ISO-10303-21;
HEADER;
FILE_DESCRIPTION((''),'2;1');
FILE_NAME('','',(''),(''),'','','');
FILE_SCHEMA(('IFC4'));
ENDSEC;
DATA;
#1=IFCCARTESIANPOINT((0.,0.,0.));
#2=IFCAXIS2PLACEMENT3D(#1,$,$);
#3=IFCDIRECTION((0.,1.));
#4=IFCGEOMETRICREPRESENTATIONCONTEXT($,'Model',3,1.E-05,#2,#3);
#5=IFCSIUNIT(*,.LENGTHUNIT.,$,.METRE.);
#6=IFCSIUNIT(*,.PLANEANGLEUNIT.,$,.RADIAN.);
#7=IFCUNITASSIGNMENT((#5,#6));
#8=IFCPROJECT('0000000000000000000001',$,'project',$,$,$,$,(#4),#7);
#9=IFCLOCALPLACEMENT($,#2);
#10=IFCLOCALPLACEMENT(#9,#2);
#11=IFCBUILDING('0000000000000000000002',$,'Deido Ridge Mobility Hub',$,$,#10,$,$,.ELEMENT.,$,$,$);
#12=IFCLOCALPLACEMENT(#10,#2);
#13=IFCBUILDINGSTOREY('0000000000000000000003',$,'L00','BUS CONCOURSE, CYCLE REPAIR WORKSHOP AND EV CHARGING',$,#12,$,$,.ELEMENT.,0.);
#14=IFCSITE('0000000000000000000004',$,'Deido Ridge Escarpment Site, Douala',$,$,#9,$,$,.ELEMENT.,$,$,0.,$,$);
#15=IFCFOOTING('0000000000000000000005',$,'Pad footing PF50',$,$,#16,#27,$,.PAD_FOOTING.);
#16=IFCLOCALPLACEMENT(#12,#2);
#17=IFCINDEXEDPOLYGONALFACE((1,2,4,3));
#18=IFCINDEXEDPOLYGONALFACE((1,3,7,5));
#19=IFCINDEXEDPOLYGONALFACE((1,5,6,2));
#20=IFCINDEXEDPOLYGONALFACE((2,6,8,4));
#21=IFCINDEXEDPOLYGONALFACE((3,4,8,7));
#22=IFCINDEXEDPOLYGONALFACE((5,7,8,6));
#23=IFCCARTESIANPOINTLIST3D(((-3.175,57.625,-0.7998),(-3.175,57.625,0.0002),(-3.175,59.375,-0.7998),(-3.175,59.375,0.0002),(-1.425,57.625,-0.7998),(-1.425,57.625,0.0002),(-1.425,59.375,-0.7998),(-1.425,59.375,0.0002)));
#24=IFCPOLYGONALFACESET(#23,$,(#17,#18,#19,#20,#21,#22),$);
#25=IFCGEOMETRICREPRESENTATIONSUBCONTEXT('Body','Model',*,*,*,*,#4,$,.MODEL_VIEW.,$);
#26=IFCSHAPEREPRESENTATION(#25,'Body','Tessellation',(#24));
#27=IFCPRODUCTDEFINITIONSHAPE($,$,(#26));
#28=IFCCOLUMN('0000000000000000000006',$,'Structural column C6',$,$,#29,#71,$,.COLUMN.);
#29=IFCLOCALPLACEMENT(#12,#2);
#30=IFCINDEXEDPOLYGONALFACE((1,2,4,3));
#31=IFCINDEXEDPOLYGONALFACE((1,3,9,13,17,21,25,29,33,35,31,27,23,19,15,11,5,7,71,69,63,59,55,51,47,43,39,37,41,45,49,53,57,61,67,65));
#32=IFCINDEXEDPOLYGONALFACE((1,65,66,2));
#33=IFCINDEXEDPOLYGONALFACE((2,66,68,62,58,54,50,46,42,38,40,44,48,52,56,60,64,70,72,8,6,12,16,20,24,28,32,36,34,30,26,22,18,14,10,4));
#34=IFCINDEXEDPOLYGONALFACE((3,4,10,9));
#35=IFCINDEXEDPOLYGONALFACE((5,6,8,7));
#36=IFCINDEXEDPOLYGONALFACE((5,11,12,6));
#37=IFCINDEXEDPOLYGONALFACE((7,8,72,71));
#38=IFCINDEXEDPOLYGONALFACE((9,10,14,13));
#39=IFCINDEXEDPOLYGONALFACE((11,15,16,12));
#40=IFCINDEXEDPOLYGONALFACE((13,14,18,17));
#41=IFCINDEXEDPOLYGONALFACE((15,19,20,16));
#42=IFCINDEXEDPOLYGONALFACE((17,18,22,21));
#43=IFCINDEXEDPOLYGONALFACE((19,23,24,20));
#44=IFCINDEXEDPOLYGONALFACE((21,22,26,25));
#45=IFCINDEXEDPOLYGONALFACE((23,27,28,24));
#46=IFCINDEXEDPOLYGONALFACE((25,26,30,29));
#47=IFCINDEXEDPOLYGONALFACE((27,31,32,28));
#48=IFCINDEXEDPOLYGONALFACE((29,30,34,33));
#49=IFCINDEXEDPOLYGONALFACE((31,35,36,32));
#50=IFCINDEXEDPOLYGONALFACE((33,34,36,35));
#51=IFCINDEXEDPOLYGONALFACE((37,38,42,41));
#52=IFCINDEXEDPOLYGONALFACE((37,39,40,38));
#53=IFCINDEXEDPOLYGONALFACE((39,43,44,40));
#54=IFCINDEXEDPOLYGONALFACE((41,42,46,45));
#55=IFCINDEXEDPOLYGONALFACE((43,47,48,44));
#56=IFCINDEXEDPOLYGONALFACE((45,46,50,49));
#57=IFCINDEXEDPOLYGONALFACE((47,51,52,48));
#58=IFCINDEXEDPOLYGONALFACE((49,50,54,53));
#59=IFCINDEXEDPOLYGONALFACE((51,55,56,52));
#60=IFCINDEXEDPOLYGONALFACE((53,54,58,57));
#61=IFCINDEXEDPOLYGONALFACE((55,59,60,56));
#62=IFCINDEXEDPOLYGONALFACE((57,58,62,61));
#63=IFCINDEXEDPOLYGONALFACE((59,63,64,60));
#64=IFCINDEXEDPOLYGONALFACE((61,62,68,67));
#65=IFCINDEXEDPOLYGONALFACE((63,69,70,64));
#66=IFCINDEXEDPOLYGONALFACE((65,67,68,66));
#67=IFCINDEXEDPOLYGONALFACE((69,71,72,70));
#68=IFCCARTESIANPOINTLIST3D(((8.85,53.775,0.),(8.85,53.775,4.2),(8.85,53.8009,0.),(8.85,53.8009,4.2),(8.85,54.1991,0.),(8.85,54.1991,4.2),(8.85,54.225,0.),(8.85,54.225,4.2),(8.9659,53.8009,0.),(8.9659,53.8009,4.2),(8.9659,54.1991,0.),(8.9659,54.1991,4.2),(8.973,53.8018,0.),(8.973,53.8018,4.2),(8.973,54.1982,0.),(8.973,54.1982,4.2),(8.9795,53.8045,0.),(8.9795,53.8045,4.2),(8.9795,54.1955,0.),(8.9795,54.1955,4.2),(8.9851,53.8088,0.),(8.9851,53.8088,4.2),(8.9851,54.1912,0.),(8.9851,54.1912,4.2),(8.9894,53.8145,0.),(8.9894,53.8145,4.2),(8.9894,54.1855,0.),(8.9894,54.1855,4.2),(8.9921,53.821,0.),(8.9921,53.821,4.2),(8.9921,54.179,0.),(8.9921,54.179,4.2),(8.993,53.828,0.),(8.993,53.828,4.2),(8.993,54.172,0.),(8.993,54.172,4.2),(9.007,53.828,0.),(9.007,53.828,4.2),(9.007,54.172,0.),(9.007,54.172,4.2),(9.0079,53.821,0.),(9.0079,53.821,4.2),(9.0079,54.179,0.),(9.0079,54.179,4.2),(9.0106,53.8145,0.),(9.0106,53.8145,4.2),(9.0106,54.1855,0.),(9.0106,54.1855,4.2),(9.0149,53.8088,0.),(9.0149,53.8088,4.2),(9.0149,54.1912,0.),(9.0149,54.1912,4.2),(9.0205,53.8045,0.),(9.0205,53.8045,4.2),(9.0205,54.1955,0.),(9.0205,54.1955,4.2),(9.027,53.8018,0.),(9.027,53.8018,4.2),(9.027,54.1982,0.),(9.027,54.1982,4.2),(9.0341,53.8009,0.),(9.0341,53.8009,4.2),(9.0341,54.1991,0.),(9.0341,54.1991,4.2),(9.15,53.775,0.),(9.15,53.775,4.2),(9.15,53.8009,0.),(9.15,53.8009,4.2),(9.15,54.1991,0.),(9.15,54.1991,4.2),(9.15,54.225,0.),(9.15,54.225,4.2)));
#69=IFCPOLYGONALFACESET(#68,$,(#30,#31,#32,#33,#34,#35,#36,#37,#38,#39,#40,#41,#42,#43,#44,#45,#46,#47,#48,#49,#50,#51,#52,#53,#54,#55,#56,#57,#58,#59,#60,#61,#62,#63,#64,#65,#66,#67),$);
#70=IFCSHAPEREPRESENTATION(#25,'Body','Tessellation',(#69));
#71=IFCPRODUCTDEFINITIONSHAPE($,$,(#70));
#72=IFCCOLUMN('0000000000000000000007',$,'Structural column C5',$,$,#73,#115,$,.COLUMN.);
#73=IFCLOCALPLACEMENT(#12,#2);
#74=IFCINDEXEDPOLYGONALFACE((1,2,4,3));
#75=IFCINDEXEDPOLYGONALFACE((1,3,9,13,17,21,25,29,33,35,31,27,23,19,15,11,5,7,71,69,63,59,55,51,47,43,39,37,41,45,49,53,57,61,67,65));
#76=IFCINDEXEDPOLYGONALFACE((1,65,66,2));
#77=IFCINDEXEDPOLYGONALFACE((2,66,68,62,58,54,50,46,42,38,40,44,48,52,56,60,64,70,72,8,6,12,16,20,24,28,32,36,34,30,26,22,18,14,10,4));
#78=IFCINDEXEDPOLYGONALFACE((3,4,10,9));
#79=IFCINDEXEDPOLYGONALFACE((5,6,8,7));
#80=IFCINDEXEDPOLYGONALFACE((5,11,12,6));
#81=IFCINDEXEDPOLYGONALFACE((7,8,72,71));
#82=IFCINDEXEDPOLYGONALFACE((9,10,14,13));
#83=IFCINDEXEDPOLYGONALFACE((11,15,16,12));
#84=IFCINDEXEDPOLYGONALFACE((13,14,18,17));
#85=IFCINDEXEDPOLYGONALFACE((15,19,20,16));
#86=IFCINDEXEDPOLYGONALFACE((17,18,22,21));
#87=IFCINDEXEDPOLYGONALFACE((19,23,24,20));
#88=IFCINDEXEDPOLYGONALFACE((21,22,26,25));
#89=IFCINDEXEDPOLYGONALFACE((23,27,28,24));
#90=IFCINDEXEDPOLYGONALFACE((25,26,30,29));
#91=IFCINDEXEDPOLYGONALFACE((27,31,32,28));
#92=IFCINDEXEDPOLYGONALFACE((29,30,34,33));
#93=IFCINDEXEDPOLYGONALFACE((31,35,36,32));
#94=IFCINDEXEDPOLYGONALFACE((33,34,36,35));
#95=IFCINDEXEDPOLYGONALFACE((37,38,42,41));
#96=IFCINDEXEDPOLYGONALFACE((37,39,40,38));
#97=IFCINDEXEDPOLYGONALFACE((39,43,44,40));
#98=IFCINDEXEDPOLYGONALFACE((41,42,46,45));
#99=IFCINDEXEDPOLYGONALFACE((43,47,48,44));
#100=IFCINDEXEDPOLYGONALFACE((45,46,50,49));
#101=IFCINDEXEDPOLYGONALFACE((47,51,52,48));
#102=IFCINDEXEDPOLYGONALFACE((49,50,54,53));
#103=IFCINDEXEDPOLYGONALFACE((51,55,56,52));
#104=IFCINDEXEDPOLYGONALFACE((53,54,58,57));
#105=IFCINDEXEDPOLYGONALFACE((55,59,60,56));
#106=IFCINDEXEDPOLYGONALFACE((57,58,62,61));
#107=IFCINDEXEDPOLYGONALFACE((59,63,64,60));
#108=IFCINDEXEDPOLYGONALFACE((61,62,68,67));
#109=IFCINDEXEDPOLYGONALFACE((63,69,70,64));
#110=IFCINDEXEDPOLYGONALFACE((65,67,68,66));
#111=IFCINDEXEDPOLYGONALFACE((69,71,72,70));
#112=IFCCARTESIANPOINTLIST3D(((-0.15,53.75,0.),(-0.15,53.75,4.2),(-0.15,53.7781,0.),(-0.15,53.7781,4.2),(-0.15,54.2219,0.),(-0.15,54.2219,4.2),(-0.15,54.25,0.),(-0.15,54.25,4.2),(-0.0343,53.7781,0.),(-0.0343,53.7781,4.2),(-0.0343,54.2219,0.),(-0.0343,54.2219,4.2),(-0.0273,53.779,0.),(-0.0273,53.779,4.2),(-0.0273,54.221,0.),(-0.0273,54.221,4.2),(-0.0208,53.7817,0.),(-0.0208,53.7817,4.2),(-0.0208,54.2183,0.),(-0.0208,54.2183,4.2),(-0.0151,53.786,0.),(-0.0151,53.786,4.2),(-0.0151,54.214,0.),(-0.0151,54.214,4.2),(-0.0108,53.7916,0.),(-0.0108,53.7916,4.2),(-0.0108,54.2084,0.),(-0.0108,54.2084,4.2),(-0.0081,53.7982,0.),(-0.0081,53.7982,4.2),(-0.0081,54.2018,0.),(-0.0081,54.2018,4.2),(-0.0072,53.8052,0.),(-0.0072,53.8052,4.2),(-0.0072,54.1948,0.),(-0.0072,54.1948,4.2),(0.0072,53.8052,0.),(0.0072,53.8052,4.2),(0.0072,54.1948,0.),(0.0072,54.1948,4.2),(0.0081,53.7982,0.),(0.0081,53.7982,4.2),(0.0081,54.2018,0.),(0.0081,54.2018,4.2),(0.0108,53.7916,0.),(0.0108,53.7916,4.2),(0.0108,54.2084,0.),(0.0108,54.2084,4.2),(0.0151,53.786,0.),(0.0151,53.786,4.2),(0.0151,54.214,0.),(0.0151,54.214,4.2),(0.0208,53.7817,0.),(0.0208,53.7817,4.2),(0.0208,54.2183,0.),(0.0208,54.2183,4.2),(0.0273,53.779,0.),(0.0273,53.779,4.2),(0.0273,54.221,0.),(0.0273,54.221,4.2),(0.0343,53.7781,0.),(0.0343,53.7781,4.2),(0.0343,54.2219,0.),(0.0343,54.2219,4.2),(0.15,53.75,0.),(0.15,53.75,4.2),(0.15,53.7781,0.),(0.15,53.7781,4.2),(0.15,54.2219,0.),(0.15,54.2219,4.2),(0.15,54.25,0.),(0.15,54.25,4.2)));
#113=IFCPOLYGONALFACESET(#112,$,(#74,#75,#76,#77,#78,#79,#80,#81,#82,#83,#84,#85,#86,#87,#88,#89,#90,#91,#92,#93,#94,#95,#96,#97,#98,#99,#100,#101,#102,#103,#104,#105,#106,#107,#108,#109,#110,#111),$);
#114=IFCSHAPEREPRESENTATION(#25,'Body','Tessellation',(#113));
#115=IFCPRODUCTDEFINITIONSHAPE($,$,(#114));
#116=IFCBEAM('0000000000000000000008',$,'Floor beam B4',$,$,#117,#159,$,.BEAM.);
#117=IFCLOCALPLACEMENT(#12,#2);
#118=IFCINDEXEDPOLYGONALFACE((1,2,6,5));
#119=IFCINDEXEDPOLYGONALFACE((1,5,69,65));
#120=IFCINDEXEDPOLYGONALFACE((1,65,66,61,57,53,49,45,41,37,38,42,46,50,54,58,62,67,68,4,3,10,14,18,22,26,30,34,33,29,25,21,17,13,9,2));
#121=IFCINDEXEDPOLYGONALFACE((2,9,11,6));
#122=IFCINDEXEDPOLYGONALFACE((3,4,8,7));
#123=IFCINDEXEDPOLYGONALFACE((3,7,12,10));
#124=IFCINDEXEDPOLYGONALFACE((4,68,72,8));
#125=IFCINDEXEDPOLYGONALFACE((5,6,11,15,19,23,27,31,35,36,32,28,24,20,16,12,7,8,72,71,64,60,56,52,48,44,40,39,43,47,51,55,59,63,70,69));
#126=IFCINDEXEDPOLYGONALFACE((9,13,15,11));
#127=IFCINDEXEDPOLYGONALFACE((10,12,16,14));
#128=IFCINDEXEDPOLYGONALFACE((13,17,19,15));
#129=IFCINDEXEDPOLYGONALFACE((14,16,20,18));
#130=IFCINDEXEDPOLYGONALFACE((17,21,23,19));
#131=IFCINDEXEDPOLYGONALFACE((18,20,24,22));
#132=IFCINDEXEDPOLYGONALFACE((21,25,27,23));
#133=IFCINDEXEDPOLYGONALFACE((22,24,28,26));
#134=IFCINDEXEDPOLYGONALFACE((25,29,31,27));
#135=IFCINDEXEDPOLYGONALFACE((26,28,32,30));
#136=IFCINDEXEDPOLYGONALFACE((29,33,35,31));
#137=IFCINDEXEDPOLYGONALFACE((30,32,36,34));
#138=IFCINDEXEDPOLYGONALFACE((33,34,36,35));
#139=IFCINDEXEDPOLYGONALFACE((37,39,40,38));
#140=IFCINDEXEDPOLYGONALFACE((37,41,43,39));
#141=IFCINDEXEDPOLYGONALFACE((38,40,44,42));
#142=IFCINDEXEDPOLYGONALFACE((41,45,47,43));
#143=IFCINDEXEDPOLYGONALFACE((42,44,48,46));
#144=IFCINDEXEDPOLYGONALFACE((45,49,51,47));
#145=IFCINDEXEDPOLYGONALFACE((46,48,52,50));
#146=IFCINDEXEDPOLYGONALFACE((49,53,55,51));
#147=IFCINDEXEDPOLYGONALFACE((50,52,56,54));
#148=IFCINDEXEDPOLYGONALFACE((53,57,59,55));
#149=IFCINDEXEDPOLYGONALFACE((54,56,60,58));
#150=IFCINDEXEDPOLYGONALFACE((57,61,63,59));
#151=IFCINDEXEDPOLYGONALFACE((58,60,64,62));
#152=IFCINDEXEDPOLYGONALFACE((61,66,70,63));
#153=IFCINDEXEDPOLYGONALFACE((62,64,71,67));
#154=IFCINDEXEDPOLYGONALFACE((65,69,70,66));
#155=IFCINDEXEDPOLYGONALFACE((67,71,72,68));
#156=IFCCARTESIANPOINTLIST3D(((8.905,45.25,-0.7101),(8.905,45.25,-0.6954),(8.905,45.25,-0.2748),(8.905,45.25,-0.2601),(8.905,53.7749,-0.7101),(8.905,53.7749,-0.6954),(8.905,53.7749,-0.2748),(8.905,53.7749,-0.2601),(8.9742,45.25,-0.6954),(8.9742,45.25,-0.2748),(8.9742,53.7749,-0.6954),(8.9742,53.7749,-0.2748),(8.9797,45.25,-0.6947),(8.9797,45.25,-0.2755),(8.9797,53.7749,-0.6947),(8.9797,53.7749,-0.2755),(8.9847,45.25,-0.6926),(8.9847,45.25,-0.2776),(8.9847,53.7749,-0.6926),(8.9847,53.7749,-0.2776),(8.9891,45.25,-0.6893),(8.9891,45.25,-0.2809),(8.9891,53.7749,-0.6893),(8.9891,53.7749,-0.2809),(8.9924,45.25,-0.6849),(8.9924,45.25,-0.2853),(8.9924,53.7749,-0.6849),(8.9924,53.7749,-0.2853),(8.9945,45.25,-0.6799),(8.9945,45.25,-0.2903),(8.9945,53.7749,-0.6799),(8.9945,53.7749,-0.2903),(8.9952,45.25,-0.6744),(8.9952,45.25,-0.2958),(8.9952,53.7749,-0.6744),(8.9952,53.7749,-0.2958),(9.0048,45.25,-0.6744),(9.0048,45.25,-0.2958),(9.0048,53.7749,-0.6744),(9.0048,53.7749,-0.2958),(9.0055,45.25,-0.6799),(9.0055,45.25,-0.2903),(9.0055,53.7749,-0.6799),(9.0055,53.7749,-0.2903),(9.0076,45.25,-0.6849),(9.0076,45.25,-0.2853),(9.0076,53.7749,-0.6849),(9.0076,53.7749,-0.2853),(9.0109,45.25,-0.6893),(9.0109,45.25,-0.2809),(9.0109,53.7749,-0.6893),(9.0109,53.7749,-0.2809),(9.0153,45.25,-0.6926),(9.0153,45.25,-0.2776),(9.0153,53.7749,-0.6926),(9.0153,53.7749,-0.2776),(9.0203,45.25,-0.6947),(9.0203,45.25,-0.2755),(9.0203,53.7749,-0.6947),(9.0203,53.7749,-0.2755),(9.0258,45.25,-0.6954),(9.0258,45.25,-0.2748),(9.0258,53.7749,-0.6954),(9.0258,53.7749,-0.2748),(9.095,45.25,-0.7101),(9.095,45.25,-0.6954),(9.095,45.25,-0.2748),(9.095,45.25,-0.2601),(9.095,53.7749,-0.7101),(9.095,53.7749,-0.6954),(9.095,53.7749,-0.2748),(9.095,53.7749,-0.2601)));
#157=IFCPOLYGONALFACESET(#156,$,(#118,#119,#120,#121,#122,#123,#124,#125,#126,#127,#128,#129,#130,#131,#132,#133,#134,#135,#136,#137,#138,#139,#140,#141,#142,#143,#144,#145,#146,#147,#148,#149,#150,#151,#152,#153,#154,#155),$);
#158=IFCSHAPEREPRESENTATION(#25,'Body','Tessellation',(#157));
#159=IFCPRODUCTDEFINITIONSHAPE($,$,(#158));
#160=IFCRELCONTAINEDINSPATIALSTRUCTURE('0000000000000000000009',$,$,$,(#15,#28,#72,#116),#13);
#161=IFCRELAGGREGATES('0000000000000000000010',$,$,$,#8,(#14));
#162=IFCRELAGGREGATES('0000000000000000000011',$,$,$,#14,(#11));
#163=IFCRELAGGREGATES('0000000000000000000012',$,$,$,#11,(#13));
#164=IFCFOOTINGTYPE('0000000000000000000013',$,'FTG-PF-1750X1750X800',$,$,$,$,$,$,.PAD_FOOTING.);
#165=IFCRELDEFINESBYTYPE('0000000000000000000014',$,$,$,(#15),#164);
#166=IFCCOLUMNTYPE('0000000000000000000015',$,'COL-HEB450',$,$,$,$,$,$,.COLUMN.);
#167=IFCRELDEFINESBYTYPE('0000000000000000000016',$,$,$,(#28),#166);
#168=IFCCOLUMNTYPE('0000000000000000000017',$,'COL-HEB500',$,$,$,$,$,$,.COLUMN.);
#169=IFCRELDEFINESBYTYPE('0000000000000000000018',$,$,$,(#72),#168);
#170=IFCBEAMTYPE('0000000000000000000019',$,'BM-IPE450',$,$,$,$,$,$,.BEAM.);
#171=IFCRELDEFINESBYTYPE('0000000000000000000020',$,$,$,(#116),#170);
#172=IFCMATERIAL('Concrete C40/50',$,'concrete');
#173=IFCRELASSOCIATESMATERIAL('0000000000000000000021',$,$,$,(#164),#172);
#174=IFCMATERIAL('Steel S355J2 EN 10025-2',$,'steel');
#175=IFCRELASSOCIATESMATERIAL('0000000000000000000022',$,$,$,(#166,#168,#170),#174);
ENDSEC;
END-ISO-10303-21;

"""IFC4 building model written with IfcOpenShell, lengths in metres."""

from ifc_helpers import new_model, si_unit, direction, frame, origin, origin_2d, place, context, subcontext, project, spatial, rectangle, i_section, extrude, material, material_profile, profile_set, type_object, element, save


model = new_model("IFC4")

# Units and contexts
model_context = context("Model", 3, precision=1e-05, world=origin(), true_north=direction((0.0, 1.0)))
body_context = subcontext(model_context, "Body", "Model", "MODEL_VIEW")
ifc_project = project(units=[si_unit("LENGTHUNIT", "METRE"), si_unit("PLANEANGLEUNIT", "RADIAN")], contexts=[model_context])

# Site, building, storey
site_placement = place(None, origin())
site = spatial("IfcSite", under=ifc_project, at=site_placement, Name="Deido Ridge Escarpment Site, Douala", CompositionType="ELEMENT", RefElevation=0.0)
building_placement = place(site_placement, origin())
building = spatial("IfcBuilding", under=site, at=building_placement, Name="Deido Ridge Mobility Hub", CompositionType="ELEMENT")
storey_placement = place(building_placement, origin())
storey = spatial("IfcBuildingStorey", under=building, at=storey_placement, Name="L00", Description="BUS CONCOURSE, CYCLE REPAIR WORKSHOP AND EV CHARGING", CompositionType="ELEMENT", Elevation=0.0)

# Footing
ifc_material_1 = material(Name="Concrete C40/50", Category="concrete")
footing_type = type_object("IfcFootingType", Name="FTG-PF-1750X1750X800", PredefinedType="PAD_FOOTING", material=ifc_material_1)
footing_placement = place(storey_placement, frame((-2.3, 58.5, -0.7998), z_axis=(0.0, 0.0, 1.0), x_axis=(1.0, 0.0, 0.0)))
element("IfcFooting", 1, at=footing_placement, inside=storey, type_object=footing_type, Name="Pad footing PF50", PredefinedType="PAD_FOOTING", context=body_context, shape_type="SweptSolid", body=[
    extrude(rectangle(XDim=1.75, YDim=1.75, at=origin_2d()), origin(), (0.0, 0.0, 1.0), 0.8),
])

# Columns
ifc_material_2 = material(Name="Steel S355J2 EN 10025-2", Category="steel")
ifc_material_profile_1 = material_profile(ifc_material_2, i_section(OverallWidth=0.3, OverallDepth=0.45, WebThickness=0.0139, FlangeThickness=0.0259, FilletRadius=0.0271, at=origin_2d()), Name="HEB 450")
ifc_profile_set_1 = profile_set([ifc_material_profile_1], Name="Steel S355J2 EN 10025-2")
column_type_1 = type_object("IfcColumnType", Name="COL-HEB450", PredefinedType="COLUMN", material=ifc_profile_set_1)
column_1_placement = place(storey_placement, frame((9.0, 54.0, 0.0), z_axis=(0.0, 0.0, 1.0), x_axis=(1.0, 0.0, 0.0)))
element("IfcColumn", 2, at=column_1_placement, inside=storey, type_object=column_type_1, Name="Structural column C6", PredefinedType="COLUMN", context=body_context, shape_type="SweptSolid", body=[
    extrude(i_section(OverallWidth=0.3, OverallDepth=0.45, WebThickness=0.0139, FlangeThickness=0.0259, FilletRadius=0.0271, at=origin_2d()), origin(), (0.0, 0.0, 1.0), 4.2),
])
ifc_material_profile_2 = material_profile(ifc_material_2, i_section(OverallWidth=0.3, OverallDepth=0.5, WebThickness=0.0144, FlangeThickness=0.0281, FilletRadius=0.0271, at=origin_2d()), Name="HEB 500")
ifc_profile_set_2 = profile_set([ifc_material_profile_2], Name="Steel S355J2 EN 10025-2")
column_type_2 = type_object("IfcColumnType", Name="COL-HEB500", PredefinedType="COLUMN", material=ifc_profile_set_2)
column_2_placement = place(storey_placement, frame((0.0, 54.0, 0.0), z_axis=(0.0, 0.0, 1.0), x_axis=(1.0, 0.0, 0.0)))
element("IfcColumn", 3, at=column_2_placement, inside=storey, type_object=column_type_2, Name="Structural column C5", PredefinedType="COLUMN", context=body_context, shape_type="SweptSolid", body=[
    extrude(i_section(OverallWidth=0.3, OverallDepth=0.5, WebThickness=0.0144, FlangeThickness=0.0281, FilletRadius=0.0271, at=origin_2d()), origin(), (0.0, 0.0, 1.0), 4.2),
])

# Beam
ifc_material_profile_3 = material_profile(ifc_material_2, i_section(OverallWidth=0.1899, OverallDepth=0.45, WebThickness=0.0095, FlangeThickness=0.0146, FilletRadius=0.021, at=origin_2d()), Name="IPE 450")
ifc_profile_set_3 = profile_set([ifc_material_profile_3], Name="Steel S355J2 EN 10025-2")
beam_type_1 = type_object("IfcBeamType", Name="BM-IPE450", PredefinedType="BEAM", material=ifc_profile_set_3)
beam_1_placement = place(storey_placement, frame((9.0, 45.25, -0.4851), z_axis=(0.0, 1.0, 0.0), x_axis=(-1.0, 0.0, 0.0)))
element("IfcBeam", 4, at=beam_1_placement, inside=storey, type_object=beam_type_1, Name="Floor beam B4", PredefinedType="BEAM", context=body_context, shape_type="SweptSolid", body=[
    extrude(i_section(OverallWidth=0.1899, OverallDepth=0.45, WebThickness=0.0095, FlangeThickness=0.0146, FilletRadius=0.021, at=origin_2d()), origin(), (0.0, 0.0, 1.0), 8.5249),
])

save(model, "model.ifc")
